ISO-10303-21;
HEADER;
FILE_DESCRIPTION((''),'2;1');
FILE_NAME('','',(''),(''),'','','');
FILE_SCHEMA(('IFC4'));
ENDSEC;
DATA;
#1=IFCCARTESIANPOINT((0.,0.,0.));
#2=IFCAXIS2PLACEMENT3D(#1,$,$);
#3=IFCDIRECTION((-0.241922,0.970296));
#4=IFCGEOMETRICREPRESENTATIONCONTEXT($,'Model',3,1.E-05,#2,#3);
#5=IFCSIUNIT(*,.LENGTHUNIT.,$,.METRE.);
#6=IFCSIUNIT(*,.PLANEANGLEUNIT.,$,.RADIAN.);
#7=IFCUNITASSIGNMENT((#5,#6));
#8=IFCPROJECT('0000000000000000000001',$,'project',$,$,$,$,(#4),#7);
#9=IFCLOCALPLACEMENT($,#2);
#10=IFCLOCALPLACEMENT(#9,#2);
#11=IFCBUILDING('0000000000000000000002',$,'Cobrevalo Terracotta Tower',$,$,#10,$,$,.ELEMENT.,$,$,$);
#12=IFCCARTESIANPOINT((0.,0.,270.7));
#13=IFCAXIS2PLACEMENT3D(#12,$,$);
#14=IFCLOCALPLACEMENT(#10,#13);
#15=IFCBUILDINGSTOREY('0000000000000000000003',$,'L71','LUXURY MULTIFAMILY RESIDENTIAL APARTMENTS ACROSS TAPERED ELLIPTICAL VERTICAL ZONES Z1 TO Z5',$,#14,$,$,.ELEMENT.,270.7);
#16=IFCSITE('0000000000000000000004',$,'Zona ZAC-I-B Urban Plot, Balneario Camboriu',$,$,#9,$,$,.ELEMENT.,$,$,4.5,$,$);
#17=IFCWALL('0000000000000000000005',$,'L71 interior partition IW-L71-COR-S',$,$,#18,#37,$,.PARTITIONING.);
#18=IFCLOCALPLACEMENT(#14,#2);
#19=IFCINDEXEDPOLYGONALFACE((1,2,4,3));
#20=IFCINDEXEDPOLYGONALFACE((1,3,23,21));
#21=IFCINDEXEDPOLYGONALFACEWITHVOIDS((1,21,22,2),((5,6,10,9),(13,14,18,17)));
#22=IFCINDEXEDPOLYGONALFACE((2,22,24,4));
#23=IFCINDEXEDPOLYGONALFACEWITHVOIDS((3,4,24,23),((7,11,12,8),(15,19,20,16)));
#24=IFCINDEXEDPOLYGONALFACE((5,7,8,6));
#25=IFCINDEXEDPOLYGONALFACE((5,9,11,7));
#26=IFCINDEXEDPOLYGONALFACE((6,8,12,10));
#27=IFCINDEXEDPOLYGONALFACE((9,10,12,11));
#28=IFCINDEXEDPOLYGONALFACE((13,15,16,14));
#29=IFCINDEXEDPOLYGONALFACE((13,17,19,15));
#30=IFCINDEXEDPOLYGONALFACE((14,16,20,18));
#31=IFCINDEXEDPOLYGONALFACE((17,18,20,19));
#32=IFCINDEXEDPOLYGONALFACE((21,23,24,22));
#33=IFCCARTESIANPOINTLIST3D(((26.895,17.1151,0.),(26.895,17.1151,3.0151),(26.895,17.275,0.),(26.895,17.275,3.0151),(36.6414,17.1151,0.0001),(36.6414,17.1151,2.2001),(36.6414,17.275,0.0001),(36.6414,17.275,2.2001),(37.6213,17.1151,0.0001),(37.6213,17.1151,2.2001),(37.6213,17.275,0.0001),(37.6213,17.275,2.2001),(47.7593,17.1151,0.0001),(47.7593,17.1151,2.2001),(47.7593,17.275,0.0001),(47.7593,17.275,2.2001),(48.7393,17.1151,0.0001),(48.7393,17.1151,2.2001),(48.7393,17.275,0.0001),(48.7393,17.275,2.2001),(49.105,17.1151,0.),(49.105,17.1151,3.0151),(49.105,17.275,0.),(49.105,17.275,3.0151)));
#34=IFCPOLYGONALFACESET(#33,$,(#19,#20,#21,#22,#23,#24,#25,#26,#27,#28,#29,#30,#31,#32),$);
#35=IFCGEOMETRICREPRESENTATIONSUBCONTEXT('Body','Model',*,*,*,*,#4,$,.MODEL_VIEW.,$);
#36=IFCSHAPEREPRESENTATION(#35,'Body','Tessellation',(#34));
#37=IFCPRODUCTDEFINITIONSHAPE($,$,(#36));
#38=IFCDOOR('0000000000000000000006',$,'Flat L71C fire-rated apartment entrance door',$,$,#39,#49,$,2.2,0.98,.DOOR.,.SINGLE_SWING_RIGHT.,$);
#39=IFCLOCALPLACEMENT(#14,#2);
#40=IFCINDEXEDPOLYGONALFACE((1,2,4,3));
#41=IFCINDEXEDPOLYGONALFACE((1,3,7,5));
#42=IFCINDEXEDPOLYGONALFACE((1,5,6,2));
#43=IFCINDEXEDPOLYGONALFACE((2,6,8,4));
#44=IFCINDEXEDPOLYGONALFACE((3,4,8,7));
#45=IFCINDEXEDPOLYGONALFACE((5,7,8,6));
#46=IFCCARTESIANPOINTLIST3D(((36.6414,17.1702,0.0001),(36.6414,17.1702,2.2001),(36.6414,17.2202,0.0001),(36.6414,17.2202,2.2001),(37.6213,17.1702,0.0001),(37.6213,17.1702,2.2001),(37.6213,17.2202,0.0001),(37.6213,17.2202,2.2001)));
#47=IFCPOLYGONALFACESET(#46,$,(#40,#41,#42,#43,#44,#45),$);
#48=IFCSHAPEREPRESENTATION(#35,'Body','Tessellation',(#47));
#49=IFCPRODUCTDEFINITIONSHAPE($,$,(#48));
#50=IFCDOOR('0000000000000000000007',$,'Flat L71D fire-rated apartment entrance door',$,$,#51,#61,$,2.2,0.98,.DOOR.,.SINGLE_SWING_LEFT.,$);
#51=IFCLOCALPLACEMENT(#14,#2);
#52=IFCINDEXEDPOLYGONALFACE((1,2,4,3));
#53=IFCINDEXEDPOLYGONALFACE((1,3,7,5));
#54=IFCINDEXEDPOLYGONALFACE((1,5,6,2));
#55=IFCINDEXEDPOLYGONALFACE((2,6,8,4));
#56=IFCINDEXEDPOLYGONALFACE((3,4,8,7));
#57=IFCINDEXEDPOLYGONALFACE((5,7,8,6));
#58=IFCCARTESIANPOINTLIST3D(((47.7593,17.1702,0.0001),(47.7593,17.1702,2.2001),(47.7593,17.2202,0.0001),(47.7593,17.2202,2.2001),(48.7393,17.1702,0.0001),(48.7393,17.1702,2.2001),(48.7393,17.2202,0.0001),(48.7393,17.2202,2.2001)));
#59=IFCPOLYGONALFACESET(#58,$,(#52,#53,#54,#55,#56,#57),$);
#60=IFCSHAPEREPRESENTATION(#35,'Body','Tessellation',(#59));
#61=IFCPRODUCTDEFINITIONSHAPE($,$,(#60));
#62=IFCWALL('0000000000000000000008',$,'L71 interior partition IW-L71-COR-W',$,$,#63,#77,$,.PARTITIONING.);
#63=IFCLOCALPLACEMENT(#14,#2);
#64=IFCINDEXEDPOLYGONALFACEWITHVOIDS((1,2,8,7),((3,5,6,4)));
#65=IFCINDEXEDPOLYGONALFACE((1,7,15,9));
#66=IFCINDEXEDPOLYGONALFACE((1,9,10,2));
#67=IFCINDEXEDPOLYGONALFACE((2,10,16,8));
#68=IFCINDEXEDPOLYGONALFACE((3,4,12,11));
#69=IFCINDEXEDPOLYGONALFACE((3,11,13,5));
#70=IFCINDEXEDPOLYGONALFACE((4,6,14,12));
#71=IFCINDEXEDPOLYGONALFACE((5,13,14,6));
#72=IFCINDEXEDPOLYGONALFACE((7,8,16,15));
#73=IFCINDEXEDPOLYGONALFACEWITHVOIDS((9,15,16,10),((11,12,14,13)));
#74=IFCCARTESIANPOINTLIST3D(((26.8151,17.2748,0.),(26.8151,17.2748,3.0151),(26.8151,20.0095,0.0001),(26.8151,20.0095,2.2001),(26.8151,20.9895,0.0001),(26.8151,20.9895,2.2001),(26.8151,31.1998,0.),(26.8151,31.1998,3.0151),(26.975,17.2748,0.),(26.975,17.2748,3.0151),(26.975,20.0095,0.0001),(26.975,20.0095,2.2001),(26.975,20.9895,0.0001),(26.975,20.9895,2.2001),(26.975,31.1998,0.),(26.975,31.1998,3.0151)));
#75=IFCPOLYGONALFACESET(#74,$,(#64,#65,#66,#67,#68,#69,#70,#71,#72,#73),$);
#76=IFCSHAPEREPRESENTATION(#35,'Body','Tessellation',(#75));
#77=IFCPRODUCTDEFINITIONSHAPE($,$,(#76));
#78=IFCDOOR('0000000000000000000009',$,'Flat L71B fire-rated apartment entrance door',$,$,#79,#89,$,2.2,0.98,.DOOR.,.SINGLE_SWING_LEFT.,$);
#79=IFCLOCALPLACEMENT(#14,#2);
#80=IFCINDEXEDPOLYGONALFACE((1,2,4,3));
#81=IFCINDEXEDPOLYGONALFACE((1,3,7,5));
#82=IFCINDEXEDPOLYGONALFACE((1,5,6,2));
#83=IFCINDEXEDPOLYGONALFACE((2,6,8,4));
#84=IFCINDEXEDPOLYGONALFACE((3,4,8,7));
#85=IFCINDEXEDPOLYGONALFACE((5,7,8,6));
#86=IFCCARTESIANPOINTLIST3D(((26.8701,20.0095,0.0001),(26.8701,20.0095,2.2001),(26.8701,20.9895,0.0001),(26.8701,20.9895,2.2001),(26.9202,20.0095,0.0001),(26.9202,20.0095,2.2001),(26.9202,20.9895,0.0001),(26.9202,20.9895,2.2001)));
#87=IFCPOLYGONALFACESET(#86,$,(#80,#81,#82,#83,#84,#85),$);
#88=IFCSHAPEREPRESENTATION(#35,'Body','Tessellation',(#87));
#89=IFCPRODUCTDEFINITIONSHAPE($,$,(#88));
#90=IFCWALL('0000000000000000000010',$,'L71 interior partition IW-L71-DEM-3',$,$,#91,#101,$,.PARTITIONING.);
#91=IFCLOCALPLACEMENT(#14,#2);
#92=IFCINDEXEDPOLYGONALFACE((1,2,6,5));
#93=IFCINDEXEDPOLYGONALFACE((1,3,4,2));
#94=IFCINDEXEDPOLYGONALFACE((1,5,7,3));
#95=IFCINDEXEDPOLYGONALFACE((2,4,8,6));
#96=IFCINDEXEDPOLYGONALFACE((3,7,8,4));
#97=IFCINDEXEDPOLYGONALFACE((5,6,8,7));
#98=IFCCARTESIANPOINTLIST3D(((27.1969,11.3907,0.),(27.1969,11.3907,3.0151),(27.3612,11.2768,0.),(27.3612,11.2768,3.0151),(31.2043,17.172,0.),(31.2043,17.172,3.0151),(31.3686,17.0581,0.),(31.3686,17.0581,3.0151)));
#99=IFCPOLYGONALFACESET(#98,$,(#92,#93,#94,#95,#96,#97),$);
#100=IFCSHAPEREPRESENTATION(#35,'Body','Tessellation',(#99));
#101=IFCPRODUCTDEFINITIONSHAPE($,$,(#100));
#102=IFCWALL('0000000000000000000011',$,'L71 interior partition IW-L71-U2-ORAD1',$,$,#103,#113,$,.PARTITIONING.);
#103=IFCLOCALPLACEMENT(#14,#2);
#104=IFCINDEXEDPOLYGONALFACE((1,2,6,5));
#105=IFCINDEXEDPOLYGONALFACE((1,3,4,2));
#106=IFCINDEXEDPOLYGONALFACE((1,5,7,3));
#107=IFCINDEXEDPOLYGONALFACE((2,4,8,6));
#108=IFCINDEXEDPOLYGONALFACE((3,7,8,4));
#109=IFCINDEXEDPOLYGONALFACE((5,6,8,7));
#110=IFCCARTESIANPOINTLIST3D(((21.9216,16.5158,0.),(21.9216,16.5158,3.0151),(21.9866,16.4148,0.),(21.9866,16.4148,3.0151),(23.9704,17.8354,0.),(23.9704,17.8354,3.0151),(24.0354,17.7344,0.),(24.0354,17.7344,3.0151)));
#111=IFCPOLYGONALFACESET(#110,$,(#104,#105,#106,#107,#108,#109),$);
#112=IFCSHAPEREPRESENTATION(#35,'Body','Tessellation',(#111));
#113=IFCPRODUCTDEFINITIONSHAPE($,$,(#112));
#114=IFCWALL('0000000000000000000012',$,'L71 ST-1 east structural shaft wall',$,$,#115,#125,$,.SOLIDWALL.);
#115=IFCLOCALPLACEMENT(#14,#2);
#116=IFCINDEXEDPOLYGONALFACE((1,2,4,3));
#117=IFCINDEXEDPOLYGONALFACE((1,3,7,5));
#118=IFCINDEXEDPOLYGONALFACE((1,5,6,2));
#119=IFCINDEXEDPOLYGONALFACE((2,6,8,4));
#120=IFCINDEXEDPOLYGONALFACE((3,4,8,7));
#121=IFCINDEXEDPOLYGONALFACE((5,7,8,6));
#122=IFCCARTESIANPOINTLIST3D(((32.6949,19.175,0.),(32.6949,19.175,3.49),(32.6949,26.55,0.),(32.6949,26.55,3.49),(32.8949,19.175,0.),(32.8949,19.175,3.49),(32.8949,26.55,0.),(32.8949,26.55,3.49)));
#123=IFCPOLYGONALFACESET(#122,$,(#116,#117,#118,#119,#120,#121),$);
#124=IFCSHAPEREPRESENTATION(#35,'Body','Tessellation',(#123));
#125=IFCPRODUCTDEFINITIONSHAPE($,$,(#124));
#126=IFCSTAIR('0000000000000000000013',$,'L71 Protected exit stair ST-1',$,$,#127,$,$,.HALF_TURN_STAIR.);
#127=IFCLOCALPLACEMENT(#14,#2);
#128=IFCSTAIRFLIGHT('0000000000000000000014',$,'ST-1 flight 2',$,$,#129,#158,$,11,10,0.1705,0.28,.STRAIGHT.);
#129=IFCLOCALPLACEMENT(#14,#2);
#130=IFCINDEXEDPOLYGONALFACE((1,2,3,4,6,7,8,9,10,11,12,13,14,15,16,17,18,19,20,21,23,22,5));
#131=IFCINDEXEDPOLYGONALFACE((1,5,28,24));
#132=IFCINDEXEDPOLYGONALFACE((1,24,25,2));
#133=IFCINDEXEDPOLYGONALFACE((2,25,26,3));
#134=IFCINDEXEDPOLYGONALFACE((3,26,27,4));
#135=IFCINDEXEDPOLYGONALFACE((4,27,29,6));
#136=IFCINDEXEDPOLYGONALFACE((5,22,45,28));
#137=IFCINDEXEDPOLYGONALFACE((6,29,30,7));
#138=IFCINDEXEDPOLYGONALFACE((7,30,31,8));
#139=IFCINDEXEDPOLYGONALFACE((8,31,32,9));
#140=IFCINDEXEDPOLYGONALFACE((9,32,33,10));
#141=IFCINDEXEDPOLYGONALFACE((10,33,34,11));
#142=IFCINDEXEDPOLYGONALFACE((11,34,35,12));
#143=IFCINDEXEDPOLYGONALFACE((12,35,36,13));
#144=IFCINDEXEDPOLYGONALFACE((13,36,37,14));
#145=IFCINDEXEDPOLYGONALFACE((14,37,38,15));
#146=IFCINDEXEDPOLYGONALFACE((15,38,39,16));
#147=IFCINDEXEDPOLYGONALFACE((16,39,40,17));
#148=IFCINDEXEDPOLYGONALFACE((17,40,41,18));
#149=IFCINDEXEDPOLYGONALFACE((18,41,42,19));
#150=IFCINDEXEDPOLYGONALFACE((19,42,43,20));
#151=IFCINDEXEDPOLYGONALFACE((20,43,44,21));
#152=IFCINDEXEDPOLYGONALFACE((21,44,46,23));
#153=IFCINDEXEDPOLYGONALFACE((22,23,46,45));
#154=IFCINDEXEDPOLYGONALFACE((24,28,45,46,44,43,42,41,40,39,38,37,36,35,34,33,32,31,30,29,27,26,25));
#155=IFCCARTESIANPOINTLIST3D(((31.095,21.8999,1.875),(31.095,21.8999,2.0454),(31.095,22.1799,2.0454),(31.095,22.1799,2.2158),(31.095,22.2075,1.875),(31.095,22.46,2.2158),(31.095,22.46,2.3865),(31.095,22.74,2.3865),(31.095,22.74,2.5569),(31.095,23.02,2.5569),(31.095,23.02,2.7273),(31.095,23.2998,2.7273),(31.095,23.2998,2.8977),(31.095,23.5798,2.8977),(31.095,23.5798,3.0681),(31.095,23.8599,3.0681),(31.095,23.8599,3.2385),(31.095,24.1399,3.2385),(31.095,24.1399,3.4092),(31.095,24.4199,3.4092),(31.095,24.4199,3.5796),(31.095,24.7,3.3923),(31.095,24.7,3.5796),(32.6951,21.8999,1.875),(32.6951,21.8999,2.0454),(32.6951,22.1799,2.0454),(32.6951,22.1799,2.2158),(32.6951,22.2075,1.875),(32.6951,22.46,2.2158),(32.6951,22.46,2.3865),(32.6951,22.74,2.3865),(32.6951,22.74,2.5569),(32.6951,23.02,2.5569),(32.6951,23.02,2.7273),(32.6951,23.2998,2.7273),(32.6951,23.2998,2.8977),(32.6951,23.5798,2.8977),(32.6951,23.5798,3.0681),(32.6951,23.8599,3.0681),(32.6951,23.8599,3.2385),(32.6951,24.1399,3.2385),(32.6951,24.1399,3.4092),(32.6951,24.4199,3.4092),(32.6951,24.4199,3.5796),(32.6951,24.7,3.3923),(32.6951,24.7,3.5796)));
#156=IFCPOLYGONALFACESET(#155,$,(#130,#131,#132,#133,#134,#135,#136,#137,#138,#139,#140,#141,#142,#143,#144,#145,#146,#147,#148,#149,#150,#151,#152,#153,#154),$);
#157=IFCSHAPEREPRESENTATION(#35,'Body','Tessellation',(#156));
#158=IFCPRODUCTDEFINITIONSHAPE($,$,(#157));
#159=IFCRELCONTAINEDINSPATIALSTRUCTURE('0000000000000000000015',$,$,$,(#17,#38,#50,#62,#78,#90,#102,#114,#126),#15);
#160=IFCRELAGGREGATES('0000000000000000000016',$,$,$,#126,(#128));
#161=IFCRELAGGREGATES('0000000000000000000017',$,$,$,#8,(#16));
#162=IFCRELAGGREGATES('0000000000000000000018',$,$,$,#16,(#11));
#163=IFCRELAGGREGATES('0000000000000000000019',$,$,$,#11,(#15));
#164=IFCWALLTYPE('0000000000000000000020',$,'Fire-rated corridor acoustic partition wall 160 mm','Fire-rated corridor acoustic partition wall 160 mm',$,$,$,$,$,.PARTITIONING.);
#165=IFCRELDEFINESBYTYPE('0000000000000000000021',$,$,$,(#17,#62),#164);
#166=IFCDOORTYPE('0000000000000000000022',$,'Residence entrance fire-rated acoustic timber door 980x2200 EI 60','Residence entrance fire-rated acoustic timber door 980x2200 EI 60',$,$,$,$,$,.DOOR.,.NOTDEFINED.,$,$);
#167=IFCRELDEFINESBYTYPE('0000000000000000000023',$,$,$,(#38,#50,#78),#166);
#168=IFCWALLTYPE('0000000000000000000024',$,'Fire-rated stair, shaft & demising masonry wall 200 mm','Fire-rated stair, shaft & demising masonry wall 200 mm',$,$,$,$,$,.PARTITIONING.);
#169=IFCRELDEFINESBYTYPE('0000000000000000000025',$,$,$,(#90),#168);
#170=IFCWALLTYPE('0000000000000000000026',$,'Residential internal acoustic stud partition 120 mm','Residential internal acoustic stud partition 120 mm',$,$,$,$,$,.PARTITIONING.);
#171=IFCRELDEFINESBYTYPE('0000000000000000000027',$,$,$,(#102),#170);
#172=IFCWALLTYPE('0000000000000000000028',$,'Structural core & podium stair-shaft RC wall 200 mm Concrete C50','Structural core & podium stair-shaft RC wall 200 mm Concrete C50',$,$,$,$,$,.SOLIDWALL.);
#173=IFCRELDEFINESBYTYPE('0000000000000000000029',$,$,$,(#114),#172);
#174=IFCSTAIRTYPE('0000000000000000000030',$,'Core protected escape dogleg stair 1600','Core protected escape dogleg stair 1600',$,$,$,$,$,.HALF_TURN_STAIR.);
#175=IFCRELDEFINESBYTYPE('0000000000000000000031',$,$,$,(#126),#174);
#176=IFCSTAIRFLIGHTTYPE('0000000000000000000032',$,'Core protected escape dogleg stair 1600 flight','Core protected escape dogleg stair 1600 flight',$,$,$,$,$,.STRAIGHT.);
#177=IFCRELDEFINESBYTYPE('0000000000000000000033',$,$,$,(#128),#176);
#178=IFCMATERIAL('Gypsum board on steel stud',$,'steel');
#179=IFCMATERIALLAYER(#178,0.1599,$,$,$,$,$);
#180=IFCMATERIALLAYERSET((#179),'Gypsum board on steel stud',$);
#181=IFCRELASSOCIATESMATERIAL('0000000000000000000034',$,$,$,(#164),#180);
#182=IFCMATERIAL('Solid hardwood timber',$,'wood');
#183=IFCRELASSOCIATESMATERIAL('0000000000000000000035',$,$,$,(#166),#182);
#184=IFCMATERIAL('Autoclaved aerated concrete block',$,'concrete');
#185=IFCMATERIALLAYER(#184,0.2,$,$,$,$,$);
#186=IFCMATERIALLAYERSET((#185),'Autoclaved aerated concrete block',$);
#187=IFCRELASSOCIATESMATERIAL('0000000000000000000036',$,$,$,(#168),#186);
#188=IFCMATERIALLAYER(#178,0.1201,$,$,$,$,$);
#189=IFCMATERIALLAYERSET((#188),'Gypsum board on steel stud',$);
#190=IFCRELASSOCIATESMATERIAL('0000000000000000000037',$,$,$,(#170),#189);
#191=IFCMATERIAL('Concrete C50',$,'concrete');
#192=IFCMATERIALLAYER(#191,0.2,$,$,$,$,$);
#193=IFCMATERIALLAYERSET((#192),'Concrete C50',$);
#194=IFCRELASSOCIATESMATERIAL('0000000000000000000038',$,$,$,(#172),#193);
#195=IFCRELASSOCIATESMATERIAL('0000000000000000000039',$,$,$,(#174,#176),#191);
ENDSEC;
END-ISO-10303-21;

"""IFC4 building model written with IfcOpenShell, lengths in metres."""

from ifc_helpers import new_model, si_unit, direction, frame, frame_2d, origin, place, context, subcontext, project, spatial, polyline, rectangle, outline, extrude, source, transform, mapped, material, layer, layer_set, type_object, element, fill, aggregate, save


model = new_model("IFC4")

# Units and contexts
model_context = context("Model", 3, precision=1e-05, world=origin(), true_north=direction((-0.241922, 0.970296)))
body_context = subcontext(model_context, "Body", "Model", "MODEL_VIEW")
ifc_project = project(units=[si_unit("LENGTHUNIT", "METRE"), si_unit("PLANEANGLEUNIT", "RADIAN")], contexts=[model_context])

# Site, building, storey
site_placement = place(None, origin())
site = spatial("IfcSite", under=ifc_project, at=site_placement, Name="Zona ZAC-I-B Urban Plot, Balneario Camboriu", CompositionType="ELEMENT", RefElevation=4.5)
building_placement = place(site_placement, origin())
building = spatial("IfcBuilding", under=site, at=building_placement, Name="Cobrevalo Terracotta Tower", CompositionType="ELEMENT")
storey_placement = place(building_placement, frame((0.0, 0.0, 270.7)))
storey = spatial("IfcBuildingStorey", under=building, at=storey_placement, Name="L71", Description="LUXURY MULTIFAMILY RESIDENTIAL APARTMENTS ACROSS TAPERED ELLIPTICAL VERTICAL ZONES Z1 TO Z5", CompositionType="ELEMENT", Elevation=270.7)

# Shared definitions
ifc_material_1 = material(Name="Concrete C50", Category="concrete")

# Wall, openings, doors
ifc_material_2 = material(Name="Gypsum board on steel stud", Category="steel")
ifc_layer_1 = layer(ifc_material_2, 0.1599)
ifc_layer_set_1 = layer_set([ifc_layer_1], Name="Gypsum board on steel stud")
wall_type_1 = type_object("IfcWallType", Name="Fire-rated corridor acoustic partition wall 160 mm", Description="Fire-rated corridor acoustic partition wall 160 mm", PredefinedType="PARTITIONING", material=ifc_layer_set_1)
wall_1_placement = place(storey_placement, frame((26.895, 17.1951, 0.0), z_axis=(0.0, 0.0, 1.0), x_axis=(1.0, 0.0, 0.0)))
wall_1 = element("IfcWall", 1, at=wall_1_placement, inside=storey, type_object=wall_type_1, Name="L71 interior partition IW-L71-COR-S", PredefinedType="PARTITIONING", context=body_context, shape_type="SweptSolid", body=[
    extrude(rectangle(XDim=22.21, YDim=0.1599, at=frame_2d((11.105, 0.0))), origin(), (0.0, 0.0, 1.0), 3.0151),
])
opening_1_placement = place(wall_1_placement, frame((9.7463, 0.0, 0.0)))
opening_1 = element("IfcOpeningElement", 2, at=opening_1_placement, cuts=wall_1, PredefinedType="OPENING", context=body_context, shape_type="SweptSolid", body=[
    extrude(rectangle(XDim=0.98, YDim=2.2, at=frame_2d((0.49, 1.1001))), frame((0.0, 0.0898, 0.0), z_axis=(0.0, -1.0, 0.0), x_axis=(1.0, 0.0, 0.0)), (0.0, 0.0, 1.0), 0.1799),
])
opening_2_placement = place(wall_1_placement, frame((20.8643, 0.0, 0.0)))
opening_2 = element("IfcOpeningElement", 3, at=opening_2_placement, cuts=wall_1, PredefinedType="OPENING", context=body_context, shape_type="SweptSolid", body=[
    extrude(rectangle(XDim=0.98, YDim=2.2, at=frame_2d((0.49, 1.1001))), frame((0.0, 0.0898, 0.0), z_axis=(0.0, -1.0, 0.0), x_axis=(1.0, 0.0, 0.0)), (0.0, 0.0, 1.0), 0.1799),
])
ifc_material_3 = material(Name="Solid hardwood timber", Category="wood")
door_type_1 = type_object("IfcDoorType", Name="Residence entrance fire-rated acoustic timber door 980x2200 EI 60", Description="Residence entrance fire-rated acoustic timber door 980x2200 EI 60", OperationType="NOTDEFINED", PredefinedType="DOOR", material=ifc_material_3)
shared_shape_1 = source(origin(), body_context, "Body", "SweptSolid", [
    extrude(rectangle(XDim=0.98, YDim=2.2, at=frame_2d((0.49, 1.1001))), frame((0.0, 0.0249, 0.0), z_axis=(0.0, -1.0, 0.0), x_axis=(1.0, 0.0, 0.0)), (0.0, 0.0, 1.0), 0.05),
])
door_1_placement = place(opening_1_placement, frame((0.98, 0.0, 0.0), z_axis=(0.0, 0.0, 1.0), x_axis=(-1.0, 0.0, 0.0)))
door_1 = element("IfcDoor", 4, at=door_1_placement, inside=storey, type_object=door_type_1, Name="Flat L71C fire-rated apartment entrance door", OperationType="SINGLE_SWING_RIGHT", OverallHeight=2.2, OverallWidth=0.98, PredefinedType="DOOR", context=body_context, shape_type="MappedRepresentation", body=[
    mapped(shared_shape_1, transform((0.0, 0.0, 0.0), scale=1.0)),
])
fill(opening_1, door_1)
door_2_placement = place(opening_2_placement, frame((0.98, 0.0, 0.0), z_axis=(0.0, 0.0, 1.0), x_axis=(-1.0, 0.0, 0.0)))
door_2 = element("IfcDoor", 5, at=door_2_placement, inside=storey, type_object=door_type_1, Name="Flat L71D fire-rated apartment entrance door", OperationType="SINGLE_SWING_LEFT", OverallHeight=2.2, OverallWidth=0.98, PredefinedType="DOOR", context=body_context, shape_type="MappedRepresentation", body=[
    mapped(shared_shape_1, transform((0.0, 0.0, 0.0), scale=1.0)),
])
fill(opening_2, door_2)

# Wall, opening, door
wall_2_placement = place(storey_placement, frame((26.895, 17.2749, 0.0), z_axis=(0.0, 0.0, 1.0), x_axis=(0.0, 1.0, 0.0)))
wall_2 = element("IfcWall", 6, at=wall_2_placement, inside=storey, type_object=wall_type_1, Name="L71 interior partition IW-L71-COR-W", PredefinedType="PARTITIONING", context=body_context, shape_type="SweptSolid", body=[
    extrude(rectangle(XDim=13.925, YDim=0.1599, at=frame_2d((6.9624, 0.0))), origin(), (0.0, 0.0, 1.0), 3.0151),
])
opening_3_placement = place(wall_2_placement, frame((2.7346, 0.0, 0.0)))
opening_3 = element("IfcOpeningElement", 7, at=opening_3_placement, cuts=wall_2, PredefinedType="OPENING", context=body_context, shape_type="SweptSolid", body=[
    extrude(rectangle(XDim=0.98, YDim=2.2, at=frame_2d((0.49, 1.1001))), frame((0.0, 0.0898, 0.0), z_axis=(0.0, -1.0, 0.0), x_axis=(1.0, 0.0, 0.0)), (0.0, 0.0, 1.0), 0.1799),
])
door_3_placement = place(opening_3_placement, origin())
door_3 = element("IfcDoor", 8, at=door_3_placement, inside=storey, type_object=door_type_1, Name="Flat L71B fire-rated apartment entrance door", OperationType="SINGLE_SWING_LEFT", OverallHeight=2.2, OverallWidth=0.98, PredefinedType="DOOR", context=body_context, shape_type="MappedRepresentation", body=[
    mapped(shared_shape_1, transform((0.0, 0.0, 0.0), scale=1.0)),
])
fill(opening_3, door_3)

# Walls
ifc_material_4 = material(Name="Autoclaved aerated concrete block", Category="concrete")
ifc_layer_2 = layer(ifc_material_4, 0.2)
ifc_layer_set_2 = layer_set([ifc_layer_2], Name="Autoclaved aerated concrete block")
wall_type_2 = type_object("IfcWallType", Name="Fire-rated stair, shaft & demising masonry wall 200 mm", Description="Fire-rated stair, shaft & demising masonry wall 200 mm", PredefinedType="PARTITIONING", material=ifc_layer_set_2)
wall_3_placement = place(storey_placement, frame((31.2864, 17.115, 0.0), z_axis=(0.0, 0.0, 1.0), x_axis=(-0.569683, -0.821865, 0.0)))
element("IfcWall", 9, at=wall_3_placement, inside=storey, type_object=wall_type_2, Name="L71 interior partition IW-L71-DEM-3", PredefinedType="PARTITIONING", context=body_context, shape_type="SweptSolid", body=[
    extrude(rectangle(XDim=7.0344, YDim=0.2, at=frame_2d((3.5171, 0.0))), origin(), (0.0, 0.0, 1.0), 3.0151),
])
ifc_layer_3 = layer(ifc_material_2, 0.1201)
ifc_layer_set_3 = layer_set([ifc_layer_3], Name="Gypsum board on steel stud")
wall_type_3 = type_object("IfcWallType", Name="Residential internal acoustic stud partition 120 mm", Description="Residential internal acoustic stud partition 120 mm", PredefinedType="PARTITIONING", material=ifc_layer_set_3)
wall_4_placement = place(storey_placement, frame((24.0029, 17.7849, 0.0), z_axis=(0.0, 0.0, 1.0), x_axis=(-0.840716, -0.541476, 0.0)))
element("IfcWall", 10, at=wall_4_placement, inside=storey, type_object=wall_type_3, Name="L71 interior partition IW-L71-U2-ORAD1", PredefinedType="PARTITIONING", context=body_context, shape_type="SweptSolid", body=[
    extrude(rectangle(XDim=2.437, YDim=0.1201, at=frame_2d((1.2185, 0.0))), origin(), (0.0, 0.0, 1.0), 3.0151),
])

# Wall
ifc_layer_4 = layer(ifc_material_1, 0.2)
ifc_layer_set_4 = layer_set([ifc_layer_4], Name="Concrete C50")
wall_type_4 = type_object("IfcWallType", Name="Structural core & podium stair-shaft RC wall 200 mm Concrete C50", Description="Structural core & podium stair-shaft RC wall 200 mm Concrete C50", PredefinedType="SOLIDWALL", material=ifc_layer_set_4)
wall_5_placement = place(storey_placement, frame((32.7949, 19.175, 0.0), z_axis=(0.0, 0.0, 1.0), x_axis=(0.0, 1.0, 0.0)))
element("IfcWall", 11, at=wall_5_placement, inside=storey, type_object=wall_type_4, Name="L71 ST-1 east structural shaft wall", PredefinedType="SOLIDWALL", context=body_context, shape_type="SweptSolid", body=[
    extrude(rectangle(XDim=7.375, YDim=0.2, at=frame_2d((3.6875, 0.0))), origin(), (0.0, 0.0, 1.0), 3.49),
])

# Stair, stair flight
stair_type = type_object("IfcStairType", Name="Core protected escape dogleg stair 1600", Description="Core protected escape dogleg stair 1600", PredefinedType="HALF_TURN_STAIR", material=ifc_material_1)
stair_placement = place(storey_placement, origin())
stair = element("IfcStair", 12, at=stair_placement, inside=storey, type_object=stair_type, Name="L71 Protected exit stair ST-1", PredefinedType="HALF_TURN_STAIR")
stair_flight_type = type_object("IfcStairFlightType", Name="Core protected escape dogleg stair 1600 flight", Description="Core protected escape dogleg stair 1600 flight", PredefinedType="STRAIGHT", material=ifc_material_1)
stair_flight_placement = place(storey_placement, frame((31.895, 21.8999, 1.875), z_axis=(0.0, 0.0, 1.0), x_axis=(0.0, 1.0, 0.0)))
stair_flight = element("IfcStairFlight", 13, at=stair_flight_placement, type_object=stair_flight_type, Name="ST-1 flight 2", NumberOfRisers=11, NumberOfTreads=10, PredefinedType="STRAIGHT", RiserHeight=0.1705, TreadLength=0.28, context=body_context, shape_type="SweptSolid", body=[
    extrude(outline(polyline([(0.0, 0.0), (0.0, 0.1704), (0.28, 0.1704), (0.28, 0.3408), (0.5601, 0.3408), (0.5601, 0.5115), (0.8401, 0.5115), (0.8401, 0.6819), (1.1201, 0.6819), (1.1201, 0.8523), (1.3999, 0.8523), (1.3999, 1.0227), (1.6799, 1.0227), (1.6799, 1.1931), (1.96, 1.1931), (1.96, 1.3635), (2.24, 1.3635), (2.24, 1.5342), (2.52, 1.5342), (2.52, 1.7046), (2.8, 1.7046), (2.8, 1.875), (2.8, 1.5173), (0.3076, 0.0), (0.0, 0.0)])), frame((0.0, 0.8, 0.0), z_axis=(0.0, -1.0, 0.0), x_axis=(1.0, 0.0, 0.0)), (0.0, 0.0, 1.0), 1.6001),
])
aggregate(stair, [stair_flight])

save(model, "model.ifc")
